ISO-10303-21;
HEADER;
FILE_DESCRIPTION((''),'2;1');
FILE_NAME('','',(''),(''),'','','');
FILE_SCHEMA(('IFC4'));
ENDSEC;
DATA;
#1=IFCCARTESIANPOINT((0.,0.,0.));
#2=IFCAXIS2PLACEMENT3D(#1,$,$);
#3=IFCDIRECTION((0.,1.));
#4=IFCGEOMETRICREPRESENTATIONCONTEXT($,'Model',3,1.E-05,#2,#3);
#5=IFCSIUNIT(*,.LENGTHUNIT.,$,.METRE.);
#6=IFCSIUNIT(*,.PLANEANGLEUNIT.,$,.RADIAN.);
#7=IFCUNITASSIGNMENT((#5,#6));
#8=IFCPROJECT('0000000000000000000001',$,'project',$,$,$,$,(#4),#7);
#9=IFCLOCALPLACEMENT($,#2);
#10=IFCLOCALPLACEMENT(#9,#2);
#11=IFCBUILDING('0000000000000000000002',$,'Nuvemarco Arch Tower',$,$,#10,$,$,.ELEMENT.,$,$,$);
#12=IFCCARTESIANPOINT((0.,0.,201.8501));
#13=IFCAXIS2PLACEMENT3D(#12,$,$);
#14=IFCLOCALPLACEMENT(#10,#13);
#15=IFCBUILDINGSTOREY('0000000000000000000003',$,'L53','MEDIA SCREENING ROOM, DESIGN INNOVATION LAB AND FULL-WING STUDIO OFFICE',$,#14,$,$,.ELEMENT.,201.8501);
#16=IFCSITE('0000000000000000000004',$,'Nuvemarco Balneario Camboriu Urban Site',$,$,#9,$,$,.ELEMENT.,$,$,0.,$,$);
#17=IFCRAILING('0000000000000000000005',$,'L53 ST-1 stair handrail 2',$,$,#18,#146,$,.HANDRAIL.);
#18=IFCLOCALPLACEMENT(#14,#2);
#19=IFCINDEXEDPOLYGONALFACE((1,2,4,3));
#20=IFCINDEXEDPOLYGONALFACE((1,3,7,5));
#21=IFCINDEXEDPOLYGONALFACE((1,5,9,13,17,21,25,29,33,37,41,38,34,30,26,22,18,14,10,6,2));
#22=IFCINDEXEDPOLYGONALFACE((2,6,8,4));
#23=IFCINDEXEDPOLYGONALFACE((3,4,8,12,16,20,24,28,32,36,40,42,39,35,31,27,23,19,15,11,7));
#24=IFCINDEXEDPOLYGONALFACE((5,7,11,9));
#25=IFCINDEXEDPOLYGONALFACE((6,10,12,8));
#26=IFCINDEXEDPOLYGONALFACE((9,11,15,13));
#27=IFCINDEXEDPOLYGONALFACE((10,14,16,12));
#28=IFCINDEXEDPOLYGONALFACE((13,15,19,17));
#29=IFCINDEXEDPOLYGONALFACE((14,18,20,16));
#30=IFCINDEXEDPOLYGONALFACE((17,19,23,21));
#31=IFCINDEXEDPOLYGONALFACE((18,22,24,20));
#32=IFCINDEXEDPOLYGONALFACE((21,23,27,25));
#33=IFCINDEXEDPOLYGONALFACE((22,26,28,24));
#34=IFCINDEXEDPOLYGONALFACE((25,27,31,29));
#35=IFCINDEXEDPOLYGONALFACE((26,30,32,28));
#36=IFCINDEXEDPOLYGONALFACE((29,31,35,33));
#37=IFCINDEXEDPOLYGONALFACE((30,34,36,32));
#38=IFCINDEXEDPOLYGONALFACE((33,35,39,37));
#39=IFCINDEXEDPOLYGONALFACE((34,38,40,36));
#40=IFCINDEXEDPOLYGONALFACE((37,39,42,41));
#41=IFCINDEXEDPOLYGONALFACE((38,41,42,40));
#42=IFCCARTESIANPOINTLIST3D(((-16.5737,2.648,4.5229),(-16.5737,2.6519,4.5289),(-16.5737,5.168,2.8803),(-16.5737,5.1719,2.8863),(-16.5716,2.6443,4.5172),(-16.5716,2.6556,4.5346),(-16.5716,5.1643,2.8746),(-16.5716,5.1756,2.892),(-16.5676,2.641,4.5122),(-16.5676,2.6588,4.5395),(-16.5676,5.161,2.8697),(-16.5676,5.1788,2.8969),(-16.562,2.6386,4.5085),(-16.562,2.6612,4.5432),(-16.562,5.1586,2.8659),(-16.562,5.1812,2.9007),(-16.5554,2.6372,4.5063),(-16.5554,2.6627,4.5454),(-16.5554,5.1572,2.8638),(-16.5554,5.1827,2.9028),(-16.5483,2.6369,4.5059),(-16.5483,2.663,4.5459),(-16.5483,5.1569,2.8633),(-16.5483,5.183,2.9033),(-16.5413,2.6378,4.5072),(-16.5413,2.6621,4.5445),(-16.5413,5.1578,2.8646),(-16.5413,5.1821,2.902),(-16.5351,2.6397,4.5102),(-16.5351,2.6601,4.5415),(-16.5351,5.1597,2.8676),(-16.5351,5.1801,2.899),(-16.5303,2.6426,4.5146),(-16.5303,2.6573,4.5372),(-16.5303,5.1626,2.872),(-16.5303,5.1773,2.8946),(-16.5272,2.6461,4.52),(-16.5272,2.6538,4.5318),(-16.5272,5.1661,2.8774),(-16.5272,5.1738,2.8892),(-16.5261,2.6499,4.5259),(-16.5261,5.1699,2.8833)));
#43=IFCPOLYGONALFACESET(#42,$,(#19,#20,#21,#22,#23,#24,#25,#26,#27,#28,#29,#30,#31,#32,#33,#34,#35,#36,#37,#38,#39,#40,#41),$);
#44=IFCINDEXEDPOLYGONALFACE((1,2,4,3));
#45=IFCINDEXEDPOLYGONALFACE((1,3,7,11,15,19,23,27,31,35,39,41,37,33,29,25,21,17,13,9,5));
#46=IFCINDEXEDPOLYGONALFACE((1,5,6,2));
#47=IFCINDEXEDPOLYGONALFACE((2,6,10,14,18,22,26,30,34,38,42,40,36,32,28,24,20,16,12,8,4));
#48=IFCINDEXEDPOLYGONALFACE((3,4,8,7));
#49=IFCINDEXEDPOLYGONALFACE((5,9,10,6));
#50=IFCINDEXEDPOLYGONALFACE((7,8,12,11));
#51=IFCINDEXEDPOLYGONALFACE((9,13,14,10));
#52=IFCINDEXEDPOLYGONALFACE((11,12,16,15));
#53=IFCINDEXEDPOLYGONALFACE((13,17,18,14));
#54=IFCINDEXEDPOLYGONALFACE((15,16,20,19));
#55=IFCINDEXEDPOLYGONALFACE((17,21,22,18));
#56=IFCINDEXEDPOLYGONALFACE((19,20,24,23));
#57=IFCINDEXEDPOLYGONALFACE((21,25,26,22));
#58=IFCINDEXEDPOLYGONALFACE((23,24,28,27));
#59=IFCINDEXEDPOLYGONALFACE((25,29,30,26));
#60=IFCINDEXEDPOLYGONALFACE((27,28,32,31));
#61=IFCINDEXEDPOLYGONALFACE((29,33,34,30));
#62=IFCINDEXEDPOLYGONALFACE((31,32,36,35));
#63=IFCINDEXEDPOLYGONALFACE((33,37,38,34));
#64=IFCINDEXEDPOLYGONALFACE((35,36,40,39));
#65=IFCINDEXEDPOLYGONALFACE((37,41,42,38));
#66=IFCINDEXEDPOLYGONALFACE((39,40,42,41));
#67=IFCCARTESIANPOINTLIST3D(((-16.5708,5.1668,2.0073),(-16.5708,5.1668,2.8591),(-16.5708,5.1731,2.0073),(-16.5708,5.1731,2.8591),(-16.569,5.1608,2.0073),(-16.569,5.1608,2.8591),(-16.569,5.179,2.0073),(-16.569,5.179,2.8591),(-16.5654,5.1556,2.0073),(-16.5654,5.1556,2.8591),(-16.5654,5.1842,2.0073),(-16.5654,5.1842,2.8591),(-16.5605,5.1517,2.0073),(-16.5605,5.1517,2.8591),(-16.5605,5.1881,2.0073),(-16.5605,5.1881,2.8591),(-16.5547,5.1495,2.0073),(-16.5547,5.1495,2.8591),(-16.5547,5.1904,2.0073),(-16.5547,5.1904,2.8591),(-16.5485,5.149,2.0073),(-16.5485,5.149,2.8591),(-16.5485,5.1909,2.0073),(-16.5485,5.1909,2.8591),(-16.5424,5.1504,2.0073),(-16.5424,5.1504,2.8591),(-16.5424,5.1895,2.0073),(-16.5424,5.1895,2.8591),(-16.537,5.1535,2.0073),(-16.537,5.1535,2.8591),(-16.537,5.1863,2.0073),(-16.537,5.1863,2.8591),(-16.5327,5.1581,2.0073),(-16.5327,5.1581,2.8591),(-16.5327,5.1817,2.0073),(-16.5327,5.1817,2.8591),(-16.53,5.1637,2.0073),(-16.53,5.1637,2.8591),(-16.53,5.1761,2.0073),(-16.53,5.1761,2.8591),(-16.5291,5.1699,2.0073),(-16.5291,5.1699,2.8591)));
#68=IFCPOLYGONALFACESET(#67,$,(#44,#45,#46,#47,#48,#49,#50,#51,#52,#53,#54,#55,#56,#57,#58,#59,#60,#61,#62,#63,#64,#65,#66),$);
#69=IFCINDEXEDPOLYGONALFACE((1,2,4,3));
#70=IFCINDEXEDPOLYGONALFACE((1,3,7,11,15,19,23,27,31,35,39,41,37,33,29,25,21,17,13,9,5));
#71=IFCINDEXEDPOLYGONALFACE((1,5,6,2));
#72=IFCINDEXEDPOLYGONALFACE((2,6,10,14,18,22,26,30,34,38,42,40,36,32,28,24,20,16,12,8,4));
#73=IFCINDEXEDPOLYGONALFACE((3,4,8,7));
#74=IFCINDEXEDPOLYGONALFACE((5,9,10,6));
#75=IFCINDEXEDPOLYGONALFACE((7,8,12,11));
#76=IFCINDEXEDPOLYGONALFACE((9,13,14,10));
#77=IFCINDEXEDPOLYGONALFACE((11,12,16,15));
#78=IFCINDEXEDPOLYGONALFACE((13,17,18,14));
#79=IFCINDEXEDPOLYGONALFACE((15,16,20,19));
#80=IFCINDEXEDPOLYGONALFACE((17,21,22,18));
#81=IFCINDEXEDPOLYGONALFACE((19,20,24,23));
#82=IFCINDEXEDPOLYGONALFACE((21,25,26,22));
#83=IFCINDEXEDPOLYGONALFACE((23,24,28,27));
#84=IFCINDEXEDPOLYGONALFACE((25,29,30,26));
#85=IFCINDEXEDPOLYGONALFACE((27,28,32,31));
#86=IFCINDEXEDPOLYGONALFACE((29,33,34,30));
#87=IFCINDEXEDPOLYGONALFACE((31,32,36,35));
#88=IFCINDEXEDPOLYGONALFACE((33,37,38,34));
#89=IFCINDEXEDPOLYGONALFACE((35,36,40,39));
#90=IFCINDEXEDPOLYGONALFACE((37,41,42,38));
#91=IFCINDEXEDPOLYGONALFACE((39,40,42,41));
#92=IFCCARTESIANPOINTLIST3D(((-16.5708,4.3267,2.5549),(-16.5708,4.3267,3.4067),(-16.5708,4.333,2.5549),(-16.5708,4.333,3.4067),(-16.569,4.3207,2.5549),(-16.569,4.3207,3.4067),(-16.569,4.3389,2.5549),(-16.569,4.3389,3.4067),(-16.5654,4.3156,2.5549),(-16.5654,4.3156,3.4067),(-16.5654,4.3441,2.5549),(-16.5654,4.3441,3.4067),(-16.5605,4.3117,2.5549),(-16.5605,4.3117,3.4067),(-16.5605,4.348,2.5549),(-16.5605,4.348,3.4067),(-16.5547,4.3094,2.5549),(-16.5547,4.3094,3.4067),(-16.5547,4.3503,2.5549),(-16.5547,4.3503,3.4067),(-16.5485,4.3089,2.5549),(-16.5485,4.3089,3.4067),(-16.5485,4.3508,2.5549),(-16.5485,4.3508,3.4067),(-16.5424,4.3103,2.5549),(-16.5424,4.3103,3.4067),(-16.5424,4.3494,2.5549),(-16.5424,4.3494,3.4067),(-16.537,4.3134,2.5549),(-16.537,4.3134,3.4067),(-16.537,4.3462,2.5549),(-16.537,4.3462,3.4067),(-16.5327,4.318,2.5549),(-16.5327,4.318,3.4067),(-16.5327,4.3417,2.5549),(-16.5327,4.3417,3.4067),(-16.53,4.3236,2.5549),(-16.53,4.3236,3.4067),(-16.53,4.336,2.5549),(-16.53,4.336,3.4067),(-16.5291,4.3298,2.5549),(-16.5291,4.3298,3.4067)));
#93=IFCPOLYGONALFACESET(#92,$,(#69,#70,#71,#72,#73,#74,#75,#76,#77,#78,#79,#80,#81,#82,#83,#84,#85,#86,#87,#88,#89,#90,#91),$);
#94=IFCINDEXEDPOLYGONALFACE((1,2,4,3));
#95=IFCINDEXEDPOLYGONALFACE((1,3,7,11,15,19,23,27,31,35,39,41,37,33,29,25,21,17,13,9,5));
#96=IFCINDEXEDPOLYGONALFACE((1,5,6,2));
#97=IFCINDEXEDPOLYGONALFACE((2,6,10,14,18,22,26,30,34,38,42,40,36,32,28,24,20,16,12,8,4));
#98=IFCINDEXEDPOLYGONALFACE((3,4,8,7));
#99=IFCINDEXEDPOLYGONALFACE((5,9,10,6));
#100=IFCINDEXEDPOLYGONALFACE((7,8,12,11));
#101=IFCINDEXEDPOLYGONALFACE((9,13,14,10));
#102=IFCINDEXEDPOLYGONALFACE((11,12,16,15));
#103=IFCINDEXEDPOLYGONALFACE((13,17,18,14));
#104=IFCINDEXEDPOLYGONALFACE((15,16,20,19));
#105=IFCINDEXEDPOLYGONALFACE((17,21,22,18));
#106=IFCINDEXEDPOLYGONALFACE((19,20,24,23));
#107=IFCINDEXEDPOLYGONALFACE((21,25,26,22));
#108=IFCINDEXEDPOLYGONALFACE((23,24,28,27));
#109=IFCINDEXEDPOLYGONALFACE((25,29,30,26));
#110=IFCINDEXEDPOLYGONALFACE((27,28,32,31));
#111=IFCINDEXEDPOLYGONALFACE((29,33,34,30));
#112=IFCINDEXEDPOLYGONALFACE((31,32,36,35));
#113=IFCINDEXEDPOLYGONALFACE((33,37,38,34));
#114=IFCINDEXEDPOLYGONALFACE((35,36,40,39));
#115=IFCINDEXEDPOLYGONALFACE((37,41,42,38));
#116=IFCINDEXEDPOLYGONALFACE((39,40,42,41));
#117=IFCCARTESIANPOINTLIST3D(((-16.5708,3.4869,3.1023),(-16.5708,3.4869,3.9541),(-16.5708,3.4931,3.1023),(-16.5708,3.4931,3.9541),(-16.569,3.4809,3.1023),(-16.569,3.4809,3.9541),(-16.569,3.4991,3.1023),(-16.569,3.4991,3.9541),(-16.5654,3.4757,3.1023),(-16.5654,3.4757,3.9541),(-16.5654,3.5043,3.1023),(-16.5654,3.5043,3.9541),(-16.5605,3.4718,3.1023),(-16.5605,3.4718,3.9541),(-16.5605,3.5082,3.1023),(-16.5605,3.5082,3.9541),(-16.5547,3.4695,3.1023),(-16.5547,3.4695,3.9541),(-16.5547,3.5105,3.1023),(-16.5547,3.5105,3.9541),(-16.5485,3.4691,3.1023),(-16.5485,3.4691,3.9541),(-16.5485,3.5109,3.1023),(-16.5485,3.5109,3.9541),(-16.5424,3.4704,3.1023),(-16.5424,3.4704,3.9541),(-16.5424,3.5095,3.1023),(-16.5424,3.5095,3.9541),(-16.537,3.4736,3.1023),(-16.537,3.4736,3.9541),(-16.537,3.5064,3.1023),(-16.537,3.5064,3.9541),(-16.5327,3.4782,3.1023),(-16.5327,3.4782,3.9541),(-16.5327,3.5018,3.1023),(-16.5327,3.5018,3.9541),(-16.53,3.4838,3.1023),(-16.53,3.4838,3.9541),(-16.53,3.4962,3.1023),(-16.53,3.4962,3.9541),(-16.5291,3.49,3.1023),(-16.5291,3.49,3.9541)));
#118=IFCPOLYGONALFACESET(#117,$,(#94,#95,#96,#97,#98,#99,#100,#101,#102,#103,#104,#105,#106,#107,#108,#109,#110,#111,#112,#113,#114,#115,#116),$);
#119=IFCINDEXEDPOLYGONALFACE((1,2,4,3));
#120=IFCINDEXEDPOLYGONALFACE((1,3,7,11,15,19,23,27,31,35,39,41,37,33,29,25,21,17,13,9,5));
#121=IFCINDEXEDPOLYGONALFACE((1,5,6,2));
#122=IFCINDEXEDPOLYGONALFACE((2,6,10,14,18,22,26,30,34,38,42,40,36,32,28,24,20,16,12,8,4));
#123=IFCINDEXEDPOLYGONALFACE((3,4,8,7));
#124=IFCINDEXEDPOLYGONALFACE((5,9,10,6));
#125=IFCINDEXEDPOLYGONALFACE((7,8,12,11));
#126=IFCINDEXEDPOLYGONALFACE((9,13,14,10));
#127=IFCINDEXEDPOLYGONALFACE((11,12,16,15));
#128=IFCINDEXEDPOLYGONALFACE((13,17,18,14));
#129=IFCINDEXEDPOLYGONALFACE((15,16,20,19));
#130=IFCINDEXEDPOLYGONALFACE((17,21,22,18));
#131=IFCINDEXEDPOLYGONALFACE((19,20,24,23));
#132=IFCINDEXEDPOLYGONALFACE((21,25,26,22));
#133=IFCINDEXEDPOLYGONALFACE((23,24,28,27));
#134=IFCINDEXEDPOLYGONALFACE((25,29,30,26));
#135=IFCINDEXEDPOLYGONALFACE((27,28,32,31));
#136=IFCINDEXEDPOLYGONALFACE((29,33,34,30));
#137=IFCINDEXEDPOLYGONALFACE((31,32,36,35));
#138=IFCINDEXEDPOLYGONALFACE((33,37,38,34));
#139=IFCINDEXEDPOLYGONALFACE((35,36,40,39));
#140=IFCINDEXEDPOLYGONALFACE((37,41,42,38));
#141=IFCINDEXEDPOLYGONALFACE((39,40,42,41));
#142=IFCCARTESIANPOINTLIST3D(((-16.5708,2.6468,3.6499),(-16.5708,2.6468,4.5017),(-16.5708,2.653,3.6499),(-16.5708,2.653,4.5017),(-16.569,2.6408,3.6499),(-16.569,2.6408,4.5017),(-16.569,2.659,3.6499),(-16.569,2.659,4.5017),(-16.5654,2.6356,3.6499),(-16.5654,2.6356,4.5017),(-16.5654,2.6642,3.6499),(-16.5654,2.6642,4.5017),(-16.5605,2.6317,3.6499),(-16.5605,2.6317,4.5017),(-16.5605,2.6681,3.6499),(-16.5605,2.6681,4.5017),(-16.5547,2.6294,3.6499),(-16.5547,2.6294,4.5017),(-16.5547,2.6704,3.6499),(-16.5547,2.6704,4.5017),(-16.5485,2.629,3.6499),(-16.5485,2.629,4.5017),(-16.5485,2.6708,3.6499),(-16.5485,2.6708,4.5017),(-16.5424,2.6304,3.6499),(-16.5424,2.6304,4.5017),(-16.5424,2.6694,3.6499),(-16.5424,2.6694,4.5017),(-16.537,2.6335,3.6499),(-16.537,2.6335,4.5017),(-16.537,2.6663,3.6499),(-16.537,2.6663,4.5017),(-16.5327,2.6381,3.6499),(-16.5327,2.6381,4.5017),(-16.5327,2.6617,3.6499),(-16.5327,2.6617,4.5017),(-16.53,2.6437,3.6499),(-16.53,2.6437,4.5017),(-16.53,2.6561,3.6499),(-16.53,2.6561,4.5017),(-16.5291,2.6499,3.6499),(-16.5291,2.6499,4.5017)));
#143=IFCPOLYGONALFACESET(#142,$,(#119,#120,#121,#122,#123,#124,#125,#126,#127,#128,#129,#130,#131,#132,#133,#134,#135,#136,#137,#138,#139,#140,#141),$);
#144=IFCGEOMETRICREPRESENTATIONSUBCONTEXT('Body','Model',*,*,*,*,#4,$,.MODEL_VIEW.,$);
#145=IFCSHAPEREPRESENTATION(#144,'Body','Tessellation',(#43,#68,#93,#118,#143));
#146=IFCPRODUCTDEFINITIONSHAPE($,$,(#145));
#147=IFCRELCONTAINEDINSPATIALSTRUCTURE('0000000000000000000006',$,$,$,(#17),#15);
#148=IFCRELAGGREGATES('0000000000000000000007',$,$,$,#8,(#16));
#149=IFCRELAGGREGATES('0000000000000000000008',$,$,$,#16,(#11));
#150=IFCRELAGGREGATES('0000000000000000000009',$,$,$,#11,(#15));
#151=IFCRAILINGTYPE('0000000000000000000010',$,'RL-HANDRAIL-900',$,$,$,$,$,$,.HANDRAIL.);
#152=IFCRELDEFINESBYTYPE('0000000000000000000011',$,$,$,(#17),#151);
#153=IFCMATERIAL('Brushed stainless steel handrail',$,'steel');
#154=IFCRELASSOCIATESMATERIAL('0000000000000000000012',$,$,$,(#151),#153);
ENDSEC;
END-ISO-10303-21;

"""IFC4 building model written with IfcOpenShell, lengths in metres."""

from ifc_helpers import new_model, si_unit, direction, frame, origin, origin_2d, place, context, subcontext, project, spatial, circle, extrude, material, type_object, element, save


model = new_model("IFC4")

# Units and contexts
model_context = context("Model", 3, precision=1e-05, world=origin(), true_north=direction((0.0, 1.0)))
body_context = subcontext(model_context, "Body", "Model", "MODEL_VIEW")
ifc_project = project(units=[si_unit("LENGTHUNIT", "METRE"), si_unit("PLANEANGLEUNIT", "RADIAN")], contexts=[model_context])

# Site, building, storey
site_placement = place(None, origin())
site = spatial("IfcSite", under=ifc_project, at=site_placement, Name="Nuvemarco Balneario Camboriu Urban Site", CompositionType="ELEMENT", RefElevation=0.0)
building_placement = place(site_placement, origin())
building = spatial("IfcBuilding", under=site, at=building_placement, Name="Nuvemarco Arch Tower", CompositionType="ELEMENT")
storey_placement = place(building_placement, frame((0.0, 0.0, 201.8501)))
storey = spatial("IfcBuildingStorey", under=building, at=storey_placement, Name="L53", Description="MEDIA SCREENING ROOM, DESIGN INNOVATION LAB AND FULL-WING STUDIO OFFICE", CompositionType="ELEMENT", Elevation=201.8501)

# Railing
ifc_material_1 = material(Name="Brushed stainless steel handrail", Category="steel")
railing_type_1 = type_object("IfcRailingType", Name="RL-HANDRAIL-900", PredefinedType="HANDRAIL", material=ifc_material_1)
railing_1_placement = place(storey_placement, frame((-16.55, 5.1699, 2.0073)))
element("IfcRailing", 1, at=railing_1_placement, inside=storey, type_object=railing_type_1, Name="L53 ST-1 stair handrail 2", PredefinedType="HANDRAIL", context=body_context, shape_type="SweptSolid", body=[
    extrude(circle(Radius=0.0239, at=origin_2d()), frame((0.0, 0.0, 0.876), z_axis=(0.0, -0.837749, 0.546055), x_axis=(1.0, 0.0, 0.0)), (0.0, 0.0, 1.0), 3.0081),
    extrude(circle(Radius=0.021, at=origin_2d()), origin(), (0.0, 0.0, 1.0), 0.8518),
    extrude(circle(Radius=0.021, at=origin_2d()), frame((0.0, -0.8401, 0.5476)), (0.0, 0.0, 1.0), 0.8518),
    extrude(circle(Radius=0.021, at=origin_2d()), frame((0.0, -1.6799, 1.095)), (0.0, 0.0, 1.0), 0.8518),
    extrude(circle(Radius=0.021, at=origin_2d()), frame((0.0, -2.52, 1.6426)), (0.0, 0.0, 1.0), 0.8518),
])

save(model, "model.ifc")
